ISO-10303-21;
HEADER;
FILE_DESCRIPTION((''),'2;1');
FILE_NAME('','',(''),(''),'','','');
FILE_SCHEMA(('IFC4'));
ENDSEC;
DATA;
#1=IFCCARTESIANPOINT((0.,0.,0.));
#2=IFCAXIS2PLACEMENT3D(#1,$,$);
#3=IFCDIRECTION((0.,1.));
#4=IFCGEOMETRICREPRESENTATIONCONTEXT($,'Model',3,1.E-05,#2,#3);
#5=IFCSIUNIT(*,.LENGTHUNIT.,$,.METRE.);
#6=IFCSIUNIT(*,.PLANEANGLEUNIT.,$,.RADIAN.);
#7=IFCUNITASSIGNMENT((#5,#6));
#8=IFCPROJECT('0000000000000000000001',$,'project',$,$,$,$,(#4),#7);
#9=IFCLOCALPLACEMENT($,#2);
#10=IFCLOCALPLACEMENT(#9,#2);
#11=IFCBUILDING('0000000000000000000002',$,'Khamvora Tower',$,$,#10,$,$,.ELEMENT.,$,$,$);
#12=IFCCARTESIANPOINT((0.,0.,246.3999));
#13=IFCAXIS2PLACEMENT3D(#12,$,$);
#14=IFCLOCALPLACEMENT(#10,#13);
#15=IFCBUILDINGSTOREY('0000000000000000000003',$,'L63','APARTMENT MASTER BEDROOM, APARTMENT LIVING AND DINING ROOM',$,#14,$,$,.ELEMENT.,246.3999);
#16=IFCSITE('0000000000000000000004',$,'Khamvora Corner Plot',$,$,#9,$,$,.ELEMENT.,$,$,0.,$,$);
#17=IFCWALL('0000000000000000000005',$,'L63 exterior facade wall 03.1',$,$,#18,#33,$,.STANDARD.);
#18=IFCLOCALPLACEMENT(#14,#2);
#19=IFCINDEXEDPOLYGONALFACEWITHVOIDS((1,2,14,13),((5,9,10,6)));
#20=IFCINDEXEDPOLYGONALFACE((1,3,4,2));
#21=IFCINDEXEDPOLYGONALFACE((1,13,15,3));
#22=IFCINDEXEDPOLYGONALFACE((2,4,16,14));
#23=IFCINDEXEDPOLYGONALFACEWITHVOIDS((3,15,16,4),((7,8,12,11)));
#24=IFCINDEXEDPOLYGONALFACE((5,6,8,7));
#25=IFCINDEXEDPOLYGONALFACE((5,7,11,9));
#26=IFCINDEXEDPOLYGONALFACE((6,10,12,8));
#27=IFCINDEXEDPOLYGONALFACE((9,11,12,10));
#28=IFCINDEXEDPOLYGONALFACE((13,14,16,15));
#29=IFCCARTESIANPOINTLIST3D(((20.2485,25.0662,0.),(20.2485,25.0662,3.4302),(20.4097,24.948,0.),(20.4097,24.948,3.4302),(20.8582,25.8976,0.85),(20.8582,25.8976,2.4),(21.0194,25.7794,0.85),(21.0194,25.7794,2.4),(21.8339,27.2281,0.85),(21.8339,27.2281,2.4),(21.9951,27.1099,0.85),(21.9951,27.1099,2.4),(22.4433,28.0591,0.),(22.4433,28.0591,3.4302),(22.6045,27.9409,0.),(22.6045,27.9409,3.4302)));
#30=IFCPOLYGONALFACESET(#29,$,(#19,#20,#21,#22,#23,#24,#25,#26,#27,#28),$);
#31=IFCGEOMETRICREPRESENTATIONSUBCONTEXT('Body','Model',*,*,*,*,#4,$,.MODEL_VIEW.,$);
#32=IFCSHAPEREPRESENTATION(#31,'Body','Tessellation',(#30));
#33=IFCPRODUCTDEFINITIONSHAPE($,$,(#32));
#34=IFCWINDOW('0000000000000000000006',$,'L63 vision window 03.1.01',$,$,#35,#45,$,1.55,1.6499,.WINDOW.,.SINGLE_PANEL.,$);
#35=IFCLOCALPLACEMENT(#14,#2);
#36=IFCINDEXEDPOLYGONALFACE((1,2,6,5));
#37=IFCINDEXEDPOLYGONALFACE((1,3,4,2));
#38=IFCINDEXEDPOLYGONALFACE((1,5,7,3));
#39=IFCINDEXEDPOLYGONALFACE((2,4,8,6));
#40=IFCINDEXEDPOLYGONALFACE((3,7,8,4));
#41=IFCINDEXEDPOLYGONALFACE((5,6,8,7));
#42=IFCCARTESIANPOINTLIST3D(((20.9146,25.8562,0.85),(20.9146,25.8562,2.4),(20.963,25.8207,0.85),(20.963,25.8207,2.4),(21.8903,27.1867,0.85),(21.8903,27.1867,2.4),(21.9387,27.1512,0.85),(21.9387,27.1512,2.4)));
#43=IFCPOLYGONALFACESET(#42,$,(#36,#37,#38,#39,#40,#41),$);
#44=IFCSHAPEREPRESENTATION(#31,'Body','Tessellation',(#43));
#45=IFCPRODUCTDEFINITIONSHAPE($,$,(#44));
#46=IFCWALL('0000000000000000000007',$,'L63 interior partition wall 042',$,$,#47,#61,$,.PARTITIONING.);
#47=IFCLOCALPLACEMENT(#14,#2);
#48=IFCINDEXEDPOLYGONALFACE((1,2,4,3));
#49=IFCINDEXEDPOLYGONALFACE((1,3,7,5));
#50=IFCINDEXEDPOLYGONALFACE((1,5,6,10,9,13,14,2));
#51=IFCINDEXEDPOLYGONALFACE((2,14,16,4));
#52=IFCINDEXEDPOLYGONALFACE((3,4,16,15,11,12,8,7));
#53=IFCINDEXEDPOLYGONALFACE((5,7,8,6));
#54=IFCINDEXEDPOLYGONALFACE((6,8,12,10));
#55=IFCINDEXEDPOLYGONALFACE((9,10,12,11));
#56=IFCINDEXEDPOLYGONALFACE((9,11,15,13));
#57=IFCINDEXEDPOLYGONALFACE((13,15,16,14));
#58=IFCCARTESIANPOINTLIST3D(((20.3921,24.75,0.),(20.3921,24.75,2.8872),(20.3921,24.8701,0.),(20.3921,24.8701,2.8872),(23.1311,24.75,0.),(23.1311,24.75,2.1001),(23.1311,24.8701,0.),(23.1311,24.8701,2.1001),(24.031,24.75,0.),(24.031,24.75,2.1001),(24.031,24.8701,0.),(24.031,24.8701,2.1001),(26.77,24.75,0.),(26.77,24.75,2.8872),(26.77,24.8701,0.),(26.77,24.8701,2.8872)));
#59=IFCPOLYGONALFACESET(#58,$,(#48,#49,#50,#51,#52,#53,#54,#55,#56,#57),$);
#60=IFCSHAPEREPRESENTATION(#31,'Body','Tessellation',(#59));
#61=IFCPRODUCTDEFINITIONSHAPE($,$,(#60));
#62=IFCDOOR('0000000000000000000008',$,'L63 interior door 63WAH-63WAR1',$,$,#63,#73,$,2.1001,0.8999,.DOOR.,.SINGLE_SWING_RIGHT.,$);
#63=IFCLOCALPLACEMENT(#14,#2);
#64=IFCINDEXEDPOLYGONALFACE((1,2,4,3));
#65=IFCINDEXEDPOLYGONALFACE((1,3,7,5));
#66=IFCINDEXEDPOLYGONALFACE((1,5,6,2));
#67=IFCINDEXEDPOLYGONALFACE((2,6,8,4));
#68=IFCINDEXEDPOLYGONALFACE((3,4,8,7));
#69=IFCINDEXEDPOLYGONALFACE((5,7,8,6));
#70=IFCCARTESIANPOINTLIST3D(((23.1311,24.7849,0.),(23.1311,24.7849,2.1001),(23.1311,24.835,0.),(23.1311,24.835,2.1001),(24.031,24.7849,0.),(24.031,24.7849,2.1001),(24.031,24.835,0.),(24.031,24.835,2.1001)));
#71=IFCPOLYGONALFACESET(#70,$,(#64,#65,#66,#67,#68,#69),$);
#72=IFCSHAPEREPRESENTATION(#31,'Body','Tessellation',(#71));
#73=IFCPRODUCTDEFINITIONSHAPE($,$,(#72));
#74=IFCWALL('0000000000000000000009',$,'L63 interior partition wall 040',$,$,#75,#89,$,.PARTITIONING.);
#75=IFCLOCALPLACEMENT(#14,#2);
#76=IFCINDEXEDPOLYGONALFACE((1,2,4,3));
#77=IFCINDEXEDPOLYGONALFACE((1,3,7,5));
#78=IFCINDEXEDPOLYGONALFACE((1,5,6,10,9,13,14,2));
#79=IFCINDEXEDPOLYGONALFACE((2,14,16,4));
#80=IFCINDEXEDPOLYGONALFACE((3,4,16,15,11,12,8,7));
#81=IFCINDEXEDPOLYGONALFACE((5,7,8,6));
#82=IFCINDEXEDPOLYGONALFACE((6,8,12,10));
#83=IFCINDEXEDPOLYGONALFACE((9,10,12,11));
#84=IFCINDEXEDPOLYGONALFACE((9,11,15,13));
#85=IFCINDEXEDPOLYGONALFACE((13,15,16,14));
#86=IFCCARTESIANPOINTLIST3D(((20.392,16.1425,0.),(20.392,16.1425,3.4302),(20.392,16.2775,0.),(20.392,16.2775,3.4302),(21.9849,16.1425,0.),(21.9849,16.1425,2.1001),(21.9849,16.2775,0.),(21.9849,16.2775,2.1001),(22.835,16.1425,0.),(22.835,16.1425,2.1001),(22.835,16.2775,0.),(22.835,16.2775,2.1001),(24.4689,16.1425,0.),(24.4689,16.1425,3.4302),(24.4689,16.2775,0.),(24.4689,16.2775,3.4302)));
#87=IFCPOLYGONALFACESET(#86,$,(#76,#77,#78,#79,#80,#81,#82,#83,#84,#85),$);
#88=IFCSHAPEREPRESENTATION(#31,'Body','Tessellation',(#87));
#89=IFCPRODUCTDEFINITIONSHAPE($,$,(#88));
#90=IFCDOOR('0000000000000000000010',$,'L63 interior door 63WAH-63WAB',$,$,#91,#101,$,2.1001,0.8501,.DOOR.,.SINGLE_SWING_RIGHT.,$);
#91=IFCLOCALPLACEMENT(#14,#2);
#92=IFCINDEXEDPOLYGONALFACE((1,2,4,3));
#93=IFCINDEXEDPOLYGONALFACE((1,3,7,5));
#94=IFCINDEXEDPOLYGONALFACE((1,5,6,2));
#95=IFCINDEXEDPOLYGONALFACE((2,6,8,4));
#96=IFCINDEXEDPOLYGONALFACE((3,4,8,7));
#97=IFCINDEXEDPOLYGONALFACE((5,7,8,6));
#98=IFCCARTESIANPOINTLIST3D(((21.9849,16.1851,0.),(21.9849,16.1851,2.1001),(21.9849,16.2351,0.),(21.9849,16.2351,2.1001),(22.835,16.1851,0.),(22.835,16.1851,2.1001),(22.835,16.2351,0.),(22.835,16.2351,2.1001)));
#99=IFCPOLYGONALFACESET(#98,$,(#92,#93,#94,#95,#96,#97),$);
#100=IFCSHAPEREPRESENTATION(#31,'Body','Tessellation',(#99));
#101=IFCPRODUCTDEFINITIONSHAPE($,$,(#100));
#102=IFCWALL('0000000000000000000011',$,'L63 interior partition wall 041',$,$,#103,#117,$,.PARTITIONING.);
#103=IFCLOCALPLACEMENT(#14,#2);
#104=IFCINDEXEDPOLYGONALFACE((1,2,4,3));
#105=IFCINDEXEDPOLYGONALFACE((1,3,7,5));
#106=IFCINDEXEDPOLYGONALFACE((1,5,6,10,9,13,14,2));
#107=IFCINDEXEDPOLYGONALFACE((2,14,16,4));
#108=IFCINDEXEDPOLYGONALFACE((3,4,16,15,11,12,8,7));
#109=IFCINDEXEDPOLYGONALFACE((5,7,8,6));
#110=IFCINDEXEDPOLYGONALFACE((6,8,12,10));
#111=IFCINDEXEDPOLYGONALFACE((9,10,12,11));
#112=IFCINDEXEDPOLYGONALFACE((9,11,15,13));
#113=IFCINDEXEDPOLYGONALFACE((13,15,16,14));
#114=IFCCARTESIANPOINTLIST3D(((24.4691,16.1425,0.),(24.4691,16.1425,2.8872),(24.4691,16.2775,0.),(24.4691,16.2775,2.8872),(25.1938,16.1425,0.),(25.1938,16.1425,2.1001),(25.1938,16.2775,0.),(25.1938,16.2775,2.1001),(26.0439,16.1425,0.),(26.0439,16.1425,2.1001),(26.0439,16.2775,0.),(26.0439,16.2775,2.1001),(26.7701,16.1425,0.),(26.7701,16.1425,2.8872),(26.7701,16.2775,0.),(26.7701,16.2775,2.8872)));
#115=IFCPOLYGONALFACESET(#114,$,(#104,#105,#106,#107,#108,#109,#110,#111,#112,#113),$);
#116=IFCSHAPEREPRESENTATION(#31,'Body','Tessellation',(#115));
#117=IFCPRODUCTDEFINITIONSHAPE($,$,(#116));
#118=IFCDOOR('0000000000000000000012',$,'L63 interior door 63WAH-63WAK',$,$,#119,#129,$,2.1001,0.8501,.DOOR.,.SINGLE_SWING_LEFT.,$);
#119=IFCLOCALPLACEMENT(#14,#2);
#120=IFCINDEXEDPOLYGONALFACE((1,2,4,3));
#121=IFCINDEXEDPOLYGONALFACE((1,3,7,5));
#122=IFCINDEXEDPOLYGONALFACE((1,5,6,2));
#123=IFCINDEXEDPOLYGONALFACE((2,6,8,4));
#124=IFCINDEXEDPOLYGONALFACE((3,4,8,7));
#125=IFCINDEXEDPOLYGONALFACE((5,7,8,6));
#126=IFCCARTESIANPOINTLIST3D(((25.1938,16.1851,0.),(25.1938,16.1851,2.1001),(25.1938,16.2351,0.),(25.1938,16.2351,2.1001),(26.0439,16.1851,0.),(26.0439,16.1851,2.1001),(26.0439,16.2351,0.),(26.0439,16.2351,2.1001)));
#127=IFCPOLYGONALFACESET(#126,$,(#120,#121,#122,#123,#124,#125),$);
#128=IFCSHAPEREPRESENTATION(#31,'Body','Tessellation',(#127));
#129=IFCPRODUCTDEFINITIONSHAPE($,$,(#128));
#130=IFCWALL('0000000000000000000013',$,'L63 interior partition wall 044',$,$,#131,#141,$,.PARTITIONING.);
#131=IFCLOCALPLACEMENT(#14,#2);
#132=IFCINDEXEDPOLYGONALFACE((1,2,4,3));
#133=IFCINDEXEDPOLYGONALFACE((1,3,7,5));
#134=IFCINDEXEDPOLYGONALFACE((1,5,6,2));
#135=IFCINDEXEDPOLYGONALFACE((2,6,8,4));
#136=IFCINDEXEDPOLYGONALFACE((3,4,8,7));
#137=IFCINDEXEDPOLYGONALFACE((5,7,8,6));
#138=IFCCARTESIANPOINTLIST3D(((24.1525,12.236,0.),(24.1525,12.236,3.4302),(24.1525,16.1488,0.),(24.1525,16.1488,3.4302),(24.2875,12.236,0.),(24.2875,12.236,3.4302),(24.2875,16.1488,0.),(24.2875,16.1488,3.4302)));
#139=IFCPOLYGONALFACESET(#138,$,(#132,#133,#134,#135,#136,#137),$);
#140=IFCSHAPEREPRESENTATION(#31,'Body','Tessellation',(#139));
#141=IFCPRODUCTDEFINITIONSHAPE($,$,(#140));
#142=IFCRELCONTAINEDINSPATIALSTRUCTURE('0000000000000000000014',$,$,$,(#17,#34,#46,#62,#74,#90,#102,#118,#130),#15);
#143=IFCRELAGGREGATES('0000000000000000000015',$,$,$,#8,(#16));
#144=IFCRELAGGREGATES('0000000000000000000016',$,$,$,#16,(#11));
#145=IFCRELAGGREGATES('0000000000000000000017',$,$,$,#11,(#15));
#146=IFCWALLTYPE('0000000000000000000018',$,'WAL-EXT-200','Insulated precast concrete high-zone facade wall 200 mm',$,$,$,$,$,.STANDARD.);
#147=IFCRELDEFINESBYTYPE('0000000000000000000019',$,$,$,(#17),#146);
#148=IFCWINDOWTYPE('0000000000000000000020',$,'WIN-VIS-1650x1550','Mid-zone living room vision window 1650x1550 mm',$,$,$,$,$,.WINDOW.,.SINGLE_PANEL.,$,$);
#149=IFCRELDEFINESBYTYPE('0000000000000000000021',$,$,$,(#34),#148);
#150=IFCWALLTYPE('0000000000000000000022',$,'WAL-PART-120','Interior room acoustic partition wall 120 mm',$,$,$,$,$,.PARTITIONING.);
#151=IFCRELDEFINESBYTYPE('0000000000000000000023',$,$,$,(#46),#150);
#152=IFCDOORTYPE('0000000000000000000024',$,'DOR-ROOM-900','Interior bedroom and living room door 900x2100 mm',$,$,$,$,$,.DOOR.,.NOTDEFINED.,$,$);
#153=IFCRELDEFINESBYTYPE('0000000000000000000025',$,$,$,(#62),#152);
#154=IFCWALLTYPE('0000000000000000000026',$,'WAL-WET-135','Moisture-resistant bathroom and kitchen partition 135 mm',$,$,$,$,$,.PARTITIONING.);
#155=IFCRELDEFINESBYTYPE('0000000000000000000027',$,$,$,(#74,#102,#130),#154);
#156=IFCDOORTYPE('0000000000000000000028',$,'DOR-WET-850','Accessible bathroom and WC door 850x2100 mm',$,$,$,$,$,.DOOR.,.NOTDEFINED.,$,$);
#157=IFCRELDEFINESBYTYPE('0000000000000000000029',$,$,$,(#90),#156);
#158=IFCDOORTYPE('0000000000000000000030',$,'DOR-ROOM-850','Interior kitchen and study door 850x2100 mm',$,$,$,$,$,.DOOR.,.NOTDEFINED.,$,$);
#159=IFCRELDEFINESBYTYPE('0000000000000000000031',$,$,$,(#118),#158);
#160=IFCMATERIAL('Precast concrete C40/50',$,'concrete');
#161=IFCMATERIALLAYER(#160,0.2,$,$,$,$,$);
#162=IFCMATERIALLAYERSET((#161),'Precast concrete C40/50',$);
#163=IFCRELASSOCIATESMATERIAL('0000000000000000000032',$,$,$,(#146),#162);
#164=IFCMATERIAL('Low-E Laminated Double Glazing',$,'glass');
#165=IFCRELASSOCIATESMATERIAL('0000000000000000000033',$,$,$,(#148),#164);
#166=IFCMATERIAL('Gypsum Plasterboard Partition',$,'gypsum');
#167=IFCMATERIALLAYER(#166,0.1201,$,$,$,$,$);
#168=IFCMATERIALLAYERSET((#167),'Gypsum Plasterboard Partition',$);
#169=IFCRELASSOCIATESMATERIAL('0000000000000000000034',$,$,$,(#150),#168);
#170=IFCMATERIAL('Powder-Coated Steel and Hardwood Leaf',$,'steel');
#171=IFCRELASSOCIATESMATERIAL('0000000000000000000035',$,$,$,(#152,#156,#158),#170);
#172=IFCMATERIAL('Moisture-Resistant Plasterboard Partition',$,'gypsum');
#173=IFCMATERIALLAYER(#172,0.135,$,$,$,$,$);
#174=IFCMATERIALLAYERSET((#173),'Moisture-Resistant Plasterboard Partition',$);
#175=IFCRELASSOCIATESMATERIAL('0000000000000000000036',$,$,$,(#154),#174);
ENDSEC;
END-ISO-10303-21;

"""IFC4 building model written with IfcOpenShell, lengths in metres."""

from ifc_helpers import new_model, si_unit, direction, frame, frame_2d, origin, place, context, subcontext, project, spatial, rectangle, extrude, material, layer, layer_set, type_object, element, fill, save


model = new_model("IFC4")

# Units and contexts
model_context = context("Model", 3, precision=1e-05, world=origin(), true_north=direction((0.0, 1.0)))
body_context = subcontext(model_context, "Body", "Model", "MODEL_VIEW")
ifc_project = project(units=[si_unit("LENGTHUNIT", "METRE"), si_unit("PLANEANGLEUNIT", "RADIAN")], contexts=[model_context])

# Site, building, storey
site_placement = place(None, origin())
site = spatial("IfcSite", under=ifc_project, at=site_placement, Name="Khamvora Corner Plot", CompositionType="ELEMENT", RefElevation=0.0)
building_placement = place(site_placement, origin())
building = spatial("IfcBuilding", under=site, at=building_placement, Name="Khamvora Tower", CompositionType="ELEMENT")
storey_placement = place(building_placement, frame((0.0, 0.0, 246.3999)))
storey = spatial("IfcBuildingStorey", under=building, at=storey_placement, Name="L63", Description="APARTMENT MASTER BEDROOM, APARTMENT LIVING AND DINING ROOM", CompositionType="ELEMENT", Elevation=246.3999)

# Shared definitions
ifc_material_1 = material(Name="Precast concrete C40/50", Category="concrete")
ifc_layer_1 = layer(ifc_material_1, 0.2)
ifc_layer_set_1 = layer_set([ifc_layer_1], Name="Precast concrete C40/50")
wall_type_1 = type_object("IfcWallType", Name="WAL-EXT-200", Description="Insulated precast concrete high-zone facade wall 200 mm", PredefinedType="STANDARD", material=ifc_layer_set_1)

# Wall, opening, window
ifc_material_2 = material(Name="Low-E Laminated Double Glazing", Category="glass")
window_type = type_object("IfcWindowType", Name="WIN-VIS-1650x1550", Description="Mid-zone living room vision window 1650x1550 mm", PartitioningType="SINGLE_PANEL", PredefinedType="WINDOW", material=ifc_material_2)
wall_1_placement = place(storey_placement, frame((20.3291, 25.0071, 0.0), z_axis=(0.0, 0.0, 1.0), x_axis=(0.591367, 0.806403, 0.0)))
wall_1 = element("IfcWall", 1, at=wall_1_placement, inside=storey, type_object=wall_type_1, Name="L63 exterior facade wall 03.1", PredefinedType="STANDARD", context=body_context, shape_type="SweptSolid", body=[
    extrude(rectangle(XDim=3.7114, YDim=0.2, at=frame_2d((1.8557, 0.0))), origin(), (0.0, 0.0, 1.0), 3.4302),
])
opening_1_placement = place(wall_1_placement, frame((1.031, 0.0, 0.8501)))
opening_1 = element("IfcOpeningElement", 2, at=opening_1_placement, cuts=wall_1, PredefinedType="OPENING", context=body_context, shape_type="SweptSolid", body=[
    extrude(rectangle(XDim=1.6499, YDim=1.55, at=frame_2d((0.825, 0.7749))), frame((0.0, 0.1099, 0.0), z_axis=(0.0, -1.0, 0.0), x_axis=(1.0, 0.0, 0.0)), (0.0, 0.0, 1.0), 0.22),
])
window_1_placement = place(opening_1_placement, origin())
window_1 = element("IfcWindow", 3, at=window_1_placement, inside=storey, type_object=window_type, Name="L63 vision window 03.1.01", OverallHeight=1.55, OverallWidth=1.6499, PartitioningType="SINGLE_PANEL", PredefinedType="WINDOW", context=body_context, shape_type="SweptSolid", body=[
    extrude(rectangle(XDim=1.6499, YDim=1.55, at=frame_2d((0.825, 0.7749))), frame((0.0, 0.03, 0.0), z_axis=(0.0, -1.0, 0.0), x_axis=(1.0, 0.0, 0.0)), (0.0, 0.0, 1.0), 0.0601),
])
fill(opening_1, window_1)

# Walls, openings, doors
ifc_material_3 = material(Name="Gypsum Plasterboard Partition", Category="gypsum")
ifc_layer_2 = layer(ifc_material_3, 0.1201)
ifc_layer_set_2 = layer_set([ifc_layer_2], Name="Gypsum Plasterboard Partition")
wall_type_2 = type_object("IfcWallType", Name="WAL-PART-120", Description="Interior room acoustic partition wall 120 mm", PredefinedType="PARTITIONING", material=ifc_layer_set_2)
wall_2_placement = place(storey_placement, frame((20.3921, 24.8101, 0.0), z_axis=(0.0, 0.0, 1.0), x_axis=(1.0, 0.0, 0.0)))
wall_2 = element("IfcWall", 4, at=wall_2_placement, inside=storey, type_object=wall_type_2, Name="L63 interior partition wall 042", PredefinedType="PARTITIONING", context=body_context, shape_type="SweptSolid", body=[
    extrude(rectangle(XDim=6.3779, YDim=0.1201, at=frame_2d((3.189, 0.0))), origin(), (0.0, 0.0, 1.0), 2.8872),
])
opening_2_placement = place(wall_2_placement, frame((2.739, 0.0, 0.0)))
opening_2 = element("IfcOpeningElement", 5, at=opening_2_placement, cuts=wall_2, PredefinedType="OPENING", context=body_context, shape_type="SweptSolid", body=[
    extrude(rectangle(XDim=0.8999, YDim=2.1001, at=frame_2d((0.45, 1.05))), frame((0.0, 0.0701, 0.0), z_axis=(0.0, -1.0, 0.0), x_axis=(1.0, 0.0, 0.0)), (0.0, 0.0, 1.0), 0.1401),
])
ifc_material_4 = material(Name="Powder-Coated Steel and Hardwood Leaf", Category="steel")
door_type_1 = type_object("IfcDoorType", Name="DOR-ROOM-900", Description="Interior bedroom and living room door 900x2100 mm", OperationType="NOTDEFINED", PredefinedType="DOOR", material=ifc_material_4)
door_1_placement = place(opening_2_placement, origin())
door_1 = element("IfcDoor", 6, at=door_1_placement, inside=storey, type_object=door_type_1, Name="L63 interior door 63WAH-63WAR1", OperationType="SINGLE_SWING_RIGHT", OverallHeight=2.1001, OverallWidth=0.8999, PredefinedType="DOOR", context=body_context, shape_type="SweptSolid", body=[
    extrude(rectangle(XDim=0.8999, YDim=2.1001, at=frame_2d((0.45, 1.05))), frame((0.0, 0.0249, 0.0), z_axis=(0.0, -1.0, 0.0), x_axis=(1.0, 0.0, 0.0)), (0.0, 0.0, 1.0), 0.05),
])
fill(opening_2, door_1)
ifc_material_5 = material(Name="Moisture-Resistant Plasterboard Partition", Category="gypsum")
ifc_layer_3 = layer(ifc_material_5, 0.135)
ifc_layer_set_3 = layer_set([ifc_layer_3], Name="Moisture-Resistant Plasterboard Partition")
wall_type_3 = type_object("IfcWallType", Name="WAL-WET-135", Description="Moisture-resistant bathroom and kitchen partition 135 mm", PredefinedType="PARTITIONING", material=ifc_layer_set_3)
wall_3_placement = place(storey_placement, frame((24.469, 16.21, 0.0), z_axis=(0.0, 0.0, 1.0), x_axis=(-1.0, 0.0, 0.0)))
wall_3 = element("IfcWall", 7, at=wall_3_placement, inside=storey, type_object=wall_type_3, Name="L63 interior partition wall 040", PredefinedType="PARTITIONING", context=body_context, shape_type="SweptSolid", body=[
    extrude(rectangle(XDim=4.0769, YDim=0.135, at=frame_2d((2.0386, 0.0))), origin(), (0.0, 0.0, 1.0), 3.4302),
])
opening_3_placement = place(wall_3_placement, frame((1.634, 0.0, 0.0)))
opening_3 = element("IfcOpeningElement", 8, at=opening_3_placement, cuts=wall_3, PredefinedType="OPENING", context=body_context, shape_type="SweptSolid", body=[
    extrude(rectangle(XDim=0.8501, YDim=2.1001, at=frame_2d((0.425, 1.05))), frame((0.0, 0.0774, 0.0), z_axis=(0.0, -1.0, 0.0), x_axis=(1.0, 0.0, 0.0)), (0.0, 0.0, 1.0), 0.155),
])
door_type_2 = type_object("IfcDoorType", Name="DOR-WET-850", Description="Accessible bathroom and WC door 850x2100 mm", OperationType="NOTDEFINED", PredefinedType="DOOR", material=ifc_material_4)
door_2_placement = place(opening_3_placement, origin())
door_2 = element("IfcDoor", 9, at=door_2_placement, inside=storey, type_object=door_type_2, Name="L63 interior door 63WAH-63WAB", OperationType="SINGLE_SWING_RIGHT", OverallHeight=2.1001, OverallWidth=0.8501, PredefinedType="DOOR", context=body_context, shape_type="SweptSolid", body=[
    extrude(rectangle(XDim=0.8501, YDim=2.1001, at=frame_2d((0.425, 1.05))), frame((0.0, 0.0249, 0.0), z_axis=(0.0, -1.0, 0.0), x_axis=(1.0, 0.0, 0.0)), (0.0, 0.0, 1.0), 0.05),
])
fill(opening_3, door_2)
wall_4_placement = place(storey_placement, frame((26.77, 16.21, 0.0), z_axis=(0.0, 0.0, 1.0), x_axis=(-1.0, 0.0, 0.0)))
wall_4 = element("IfcWall", 10, at=wall_4_placement, inside=storey, type_object=wall_type_3, Name="L63 interior partition wall 041", PredefinedType="PARTITIONING", context=body_context, shape_type="SweptSolid", body=[
    extrude(rectangle(XDim=2.301, YDim=0.135, at=frame_2d((1.1504, 0.0))), origin(), (0.0, 0.0, 1.0), 2.8872),
])
opening_4_placement = place(wall_4_placement, frame((0.7261, 0.0, 0.0)))
opening_4 = element("IfcOpeningElement", 11, at=opening_4_placement, cuts=wall_4, PredefinedType="OPENING", context=body_context, shape_type="SweptSolid", body=[
    extrude(rectangle(XDim=0.8501, YDim=2.1001, at=frame_2d((0.425, 1.05))), frame((0.0, 0.0774, 0.0), z_axis=(0.0, -1.0, 0.0), x_axis=(1.0, 0.0, 0.0)), (0.0, 0.0, 1.0), 0.155),
])
door_type_3 = type_object("IfcDoorType", Name="DOR-ROOM-850", Description="Interior kitchen and study door 850x2100 mm", OperationType="NOTDEFINED", PredefinedType="DOOR", material=ifc_material_4)
door_3_placement = place(opening_4_placement, origin())
door_3 = element("IfcDoor", 12, at=door_3_placement, inside=storey, type_object=door_type_3, Name="L63 interior door 63WAH-63WAK", OperationType="SINGLE_SWING_LEFT", OverallHeight=2.1001, OverallWidth=0.8501, PredefinedType="DOOR", context=body_context, shape_type="SweptSolid", body=[
    extrude(rectangle(XDim=0.8501, YDim=2.1001, at=frame_2d((0.425, 1.05))), frame((0.0, 0.0249, 0.0), z_axis=(0.0, -1.0, 0.0), x_axis=(1.0, 0.0, 0.0)), (0.0, 0.0, 1.0), 0.05),
])
fill(opening_4, door_3)

# Wall
wall_5_placement = place(storey_placement, frame((24.22, 16.1489, 0.0), z_axis=(0.0, 0.0, 1.0), x_axis=(0.0, -1.0, 0.0)))
element("IfcWall", 13, at=wall_5_placement, inside=storey, type_object=wall_type_3, Name="L63 interior partition wall 044", PredefinedType="PARTITIONING", context=body_context, shape_type="SweptSolid", body=[
    extrude(rectangle(XDim=3.9128, YDim=0.135, at=frame_2d((1.9565, 0.0))), origin(), (0.0, 0.0, 1.0), 3.4302),
])

save(model, "model.ifc")
